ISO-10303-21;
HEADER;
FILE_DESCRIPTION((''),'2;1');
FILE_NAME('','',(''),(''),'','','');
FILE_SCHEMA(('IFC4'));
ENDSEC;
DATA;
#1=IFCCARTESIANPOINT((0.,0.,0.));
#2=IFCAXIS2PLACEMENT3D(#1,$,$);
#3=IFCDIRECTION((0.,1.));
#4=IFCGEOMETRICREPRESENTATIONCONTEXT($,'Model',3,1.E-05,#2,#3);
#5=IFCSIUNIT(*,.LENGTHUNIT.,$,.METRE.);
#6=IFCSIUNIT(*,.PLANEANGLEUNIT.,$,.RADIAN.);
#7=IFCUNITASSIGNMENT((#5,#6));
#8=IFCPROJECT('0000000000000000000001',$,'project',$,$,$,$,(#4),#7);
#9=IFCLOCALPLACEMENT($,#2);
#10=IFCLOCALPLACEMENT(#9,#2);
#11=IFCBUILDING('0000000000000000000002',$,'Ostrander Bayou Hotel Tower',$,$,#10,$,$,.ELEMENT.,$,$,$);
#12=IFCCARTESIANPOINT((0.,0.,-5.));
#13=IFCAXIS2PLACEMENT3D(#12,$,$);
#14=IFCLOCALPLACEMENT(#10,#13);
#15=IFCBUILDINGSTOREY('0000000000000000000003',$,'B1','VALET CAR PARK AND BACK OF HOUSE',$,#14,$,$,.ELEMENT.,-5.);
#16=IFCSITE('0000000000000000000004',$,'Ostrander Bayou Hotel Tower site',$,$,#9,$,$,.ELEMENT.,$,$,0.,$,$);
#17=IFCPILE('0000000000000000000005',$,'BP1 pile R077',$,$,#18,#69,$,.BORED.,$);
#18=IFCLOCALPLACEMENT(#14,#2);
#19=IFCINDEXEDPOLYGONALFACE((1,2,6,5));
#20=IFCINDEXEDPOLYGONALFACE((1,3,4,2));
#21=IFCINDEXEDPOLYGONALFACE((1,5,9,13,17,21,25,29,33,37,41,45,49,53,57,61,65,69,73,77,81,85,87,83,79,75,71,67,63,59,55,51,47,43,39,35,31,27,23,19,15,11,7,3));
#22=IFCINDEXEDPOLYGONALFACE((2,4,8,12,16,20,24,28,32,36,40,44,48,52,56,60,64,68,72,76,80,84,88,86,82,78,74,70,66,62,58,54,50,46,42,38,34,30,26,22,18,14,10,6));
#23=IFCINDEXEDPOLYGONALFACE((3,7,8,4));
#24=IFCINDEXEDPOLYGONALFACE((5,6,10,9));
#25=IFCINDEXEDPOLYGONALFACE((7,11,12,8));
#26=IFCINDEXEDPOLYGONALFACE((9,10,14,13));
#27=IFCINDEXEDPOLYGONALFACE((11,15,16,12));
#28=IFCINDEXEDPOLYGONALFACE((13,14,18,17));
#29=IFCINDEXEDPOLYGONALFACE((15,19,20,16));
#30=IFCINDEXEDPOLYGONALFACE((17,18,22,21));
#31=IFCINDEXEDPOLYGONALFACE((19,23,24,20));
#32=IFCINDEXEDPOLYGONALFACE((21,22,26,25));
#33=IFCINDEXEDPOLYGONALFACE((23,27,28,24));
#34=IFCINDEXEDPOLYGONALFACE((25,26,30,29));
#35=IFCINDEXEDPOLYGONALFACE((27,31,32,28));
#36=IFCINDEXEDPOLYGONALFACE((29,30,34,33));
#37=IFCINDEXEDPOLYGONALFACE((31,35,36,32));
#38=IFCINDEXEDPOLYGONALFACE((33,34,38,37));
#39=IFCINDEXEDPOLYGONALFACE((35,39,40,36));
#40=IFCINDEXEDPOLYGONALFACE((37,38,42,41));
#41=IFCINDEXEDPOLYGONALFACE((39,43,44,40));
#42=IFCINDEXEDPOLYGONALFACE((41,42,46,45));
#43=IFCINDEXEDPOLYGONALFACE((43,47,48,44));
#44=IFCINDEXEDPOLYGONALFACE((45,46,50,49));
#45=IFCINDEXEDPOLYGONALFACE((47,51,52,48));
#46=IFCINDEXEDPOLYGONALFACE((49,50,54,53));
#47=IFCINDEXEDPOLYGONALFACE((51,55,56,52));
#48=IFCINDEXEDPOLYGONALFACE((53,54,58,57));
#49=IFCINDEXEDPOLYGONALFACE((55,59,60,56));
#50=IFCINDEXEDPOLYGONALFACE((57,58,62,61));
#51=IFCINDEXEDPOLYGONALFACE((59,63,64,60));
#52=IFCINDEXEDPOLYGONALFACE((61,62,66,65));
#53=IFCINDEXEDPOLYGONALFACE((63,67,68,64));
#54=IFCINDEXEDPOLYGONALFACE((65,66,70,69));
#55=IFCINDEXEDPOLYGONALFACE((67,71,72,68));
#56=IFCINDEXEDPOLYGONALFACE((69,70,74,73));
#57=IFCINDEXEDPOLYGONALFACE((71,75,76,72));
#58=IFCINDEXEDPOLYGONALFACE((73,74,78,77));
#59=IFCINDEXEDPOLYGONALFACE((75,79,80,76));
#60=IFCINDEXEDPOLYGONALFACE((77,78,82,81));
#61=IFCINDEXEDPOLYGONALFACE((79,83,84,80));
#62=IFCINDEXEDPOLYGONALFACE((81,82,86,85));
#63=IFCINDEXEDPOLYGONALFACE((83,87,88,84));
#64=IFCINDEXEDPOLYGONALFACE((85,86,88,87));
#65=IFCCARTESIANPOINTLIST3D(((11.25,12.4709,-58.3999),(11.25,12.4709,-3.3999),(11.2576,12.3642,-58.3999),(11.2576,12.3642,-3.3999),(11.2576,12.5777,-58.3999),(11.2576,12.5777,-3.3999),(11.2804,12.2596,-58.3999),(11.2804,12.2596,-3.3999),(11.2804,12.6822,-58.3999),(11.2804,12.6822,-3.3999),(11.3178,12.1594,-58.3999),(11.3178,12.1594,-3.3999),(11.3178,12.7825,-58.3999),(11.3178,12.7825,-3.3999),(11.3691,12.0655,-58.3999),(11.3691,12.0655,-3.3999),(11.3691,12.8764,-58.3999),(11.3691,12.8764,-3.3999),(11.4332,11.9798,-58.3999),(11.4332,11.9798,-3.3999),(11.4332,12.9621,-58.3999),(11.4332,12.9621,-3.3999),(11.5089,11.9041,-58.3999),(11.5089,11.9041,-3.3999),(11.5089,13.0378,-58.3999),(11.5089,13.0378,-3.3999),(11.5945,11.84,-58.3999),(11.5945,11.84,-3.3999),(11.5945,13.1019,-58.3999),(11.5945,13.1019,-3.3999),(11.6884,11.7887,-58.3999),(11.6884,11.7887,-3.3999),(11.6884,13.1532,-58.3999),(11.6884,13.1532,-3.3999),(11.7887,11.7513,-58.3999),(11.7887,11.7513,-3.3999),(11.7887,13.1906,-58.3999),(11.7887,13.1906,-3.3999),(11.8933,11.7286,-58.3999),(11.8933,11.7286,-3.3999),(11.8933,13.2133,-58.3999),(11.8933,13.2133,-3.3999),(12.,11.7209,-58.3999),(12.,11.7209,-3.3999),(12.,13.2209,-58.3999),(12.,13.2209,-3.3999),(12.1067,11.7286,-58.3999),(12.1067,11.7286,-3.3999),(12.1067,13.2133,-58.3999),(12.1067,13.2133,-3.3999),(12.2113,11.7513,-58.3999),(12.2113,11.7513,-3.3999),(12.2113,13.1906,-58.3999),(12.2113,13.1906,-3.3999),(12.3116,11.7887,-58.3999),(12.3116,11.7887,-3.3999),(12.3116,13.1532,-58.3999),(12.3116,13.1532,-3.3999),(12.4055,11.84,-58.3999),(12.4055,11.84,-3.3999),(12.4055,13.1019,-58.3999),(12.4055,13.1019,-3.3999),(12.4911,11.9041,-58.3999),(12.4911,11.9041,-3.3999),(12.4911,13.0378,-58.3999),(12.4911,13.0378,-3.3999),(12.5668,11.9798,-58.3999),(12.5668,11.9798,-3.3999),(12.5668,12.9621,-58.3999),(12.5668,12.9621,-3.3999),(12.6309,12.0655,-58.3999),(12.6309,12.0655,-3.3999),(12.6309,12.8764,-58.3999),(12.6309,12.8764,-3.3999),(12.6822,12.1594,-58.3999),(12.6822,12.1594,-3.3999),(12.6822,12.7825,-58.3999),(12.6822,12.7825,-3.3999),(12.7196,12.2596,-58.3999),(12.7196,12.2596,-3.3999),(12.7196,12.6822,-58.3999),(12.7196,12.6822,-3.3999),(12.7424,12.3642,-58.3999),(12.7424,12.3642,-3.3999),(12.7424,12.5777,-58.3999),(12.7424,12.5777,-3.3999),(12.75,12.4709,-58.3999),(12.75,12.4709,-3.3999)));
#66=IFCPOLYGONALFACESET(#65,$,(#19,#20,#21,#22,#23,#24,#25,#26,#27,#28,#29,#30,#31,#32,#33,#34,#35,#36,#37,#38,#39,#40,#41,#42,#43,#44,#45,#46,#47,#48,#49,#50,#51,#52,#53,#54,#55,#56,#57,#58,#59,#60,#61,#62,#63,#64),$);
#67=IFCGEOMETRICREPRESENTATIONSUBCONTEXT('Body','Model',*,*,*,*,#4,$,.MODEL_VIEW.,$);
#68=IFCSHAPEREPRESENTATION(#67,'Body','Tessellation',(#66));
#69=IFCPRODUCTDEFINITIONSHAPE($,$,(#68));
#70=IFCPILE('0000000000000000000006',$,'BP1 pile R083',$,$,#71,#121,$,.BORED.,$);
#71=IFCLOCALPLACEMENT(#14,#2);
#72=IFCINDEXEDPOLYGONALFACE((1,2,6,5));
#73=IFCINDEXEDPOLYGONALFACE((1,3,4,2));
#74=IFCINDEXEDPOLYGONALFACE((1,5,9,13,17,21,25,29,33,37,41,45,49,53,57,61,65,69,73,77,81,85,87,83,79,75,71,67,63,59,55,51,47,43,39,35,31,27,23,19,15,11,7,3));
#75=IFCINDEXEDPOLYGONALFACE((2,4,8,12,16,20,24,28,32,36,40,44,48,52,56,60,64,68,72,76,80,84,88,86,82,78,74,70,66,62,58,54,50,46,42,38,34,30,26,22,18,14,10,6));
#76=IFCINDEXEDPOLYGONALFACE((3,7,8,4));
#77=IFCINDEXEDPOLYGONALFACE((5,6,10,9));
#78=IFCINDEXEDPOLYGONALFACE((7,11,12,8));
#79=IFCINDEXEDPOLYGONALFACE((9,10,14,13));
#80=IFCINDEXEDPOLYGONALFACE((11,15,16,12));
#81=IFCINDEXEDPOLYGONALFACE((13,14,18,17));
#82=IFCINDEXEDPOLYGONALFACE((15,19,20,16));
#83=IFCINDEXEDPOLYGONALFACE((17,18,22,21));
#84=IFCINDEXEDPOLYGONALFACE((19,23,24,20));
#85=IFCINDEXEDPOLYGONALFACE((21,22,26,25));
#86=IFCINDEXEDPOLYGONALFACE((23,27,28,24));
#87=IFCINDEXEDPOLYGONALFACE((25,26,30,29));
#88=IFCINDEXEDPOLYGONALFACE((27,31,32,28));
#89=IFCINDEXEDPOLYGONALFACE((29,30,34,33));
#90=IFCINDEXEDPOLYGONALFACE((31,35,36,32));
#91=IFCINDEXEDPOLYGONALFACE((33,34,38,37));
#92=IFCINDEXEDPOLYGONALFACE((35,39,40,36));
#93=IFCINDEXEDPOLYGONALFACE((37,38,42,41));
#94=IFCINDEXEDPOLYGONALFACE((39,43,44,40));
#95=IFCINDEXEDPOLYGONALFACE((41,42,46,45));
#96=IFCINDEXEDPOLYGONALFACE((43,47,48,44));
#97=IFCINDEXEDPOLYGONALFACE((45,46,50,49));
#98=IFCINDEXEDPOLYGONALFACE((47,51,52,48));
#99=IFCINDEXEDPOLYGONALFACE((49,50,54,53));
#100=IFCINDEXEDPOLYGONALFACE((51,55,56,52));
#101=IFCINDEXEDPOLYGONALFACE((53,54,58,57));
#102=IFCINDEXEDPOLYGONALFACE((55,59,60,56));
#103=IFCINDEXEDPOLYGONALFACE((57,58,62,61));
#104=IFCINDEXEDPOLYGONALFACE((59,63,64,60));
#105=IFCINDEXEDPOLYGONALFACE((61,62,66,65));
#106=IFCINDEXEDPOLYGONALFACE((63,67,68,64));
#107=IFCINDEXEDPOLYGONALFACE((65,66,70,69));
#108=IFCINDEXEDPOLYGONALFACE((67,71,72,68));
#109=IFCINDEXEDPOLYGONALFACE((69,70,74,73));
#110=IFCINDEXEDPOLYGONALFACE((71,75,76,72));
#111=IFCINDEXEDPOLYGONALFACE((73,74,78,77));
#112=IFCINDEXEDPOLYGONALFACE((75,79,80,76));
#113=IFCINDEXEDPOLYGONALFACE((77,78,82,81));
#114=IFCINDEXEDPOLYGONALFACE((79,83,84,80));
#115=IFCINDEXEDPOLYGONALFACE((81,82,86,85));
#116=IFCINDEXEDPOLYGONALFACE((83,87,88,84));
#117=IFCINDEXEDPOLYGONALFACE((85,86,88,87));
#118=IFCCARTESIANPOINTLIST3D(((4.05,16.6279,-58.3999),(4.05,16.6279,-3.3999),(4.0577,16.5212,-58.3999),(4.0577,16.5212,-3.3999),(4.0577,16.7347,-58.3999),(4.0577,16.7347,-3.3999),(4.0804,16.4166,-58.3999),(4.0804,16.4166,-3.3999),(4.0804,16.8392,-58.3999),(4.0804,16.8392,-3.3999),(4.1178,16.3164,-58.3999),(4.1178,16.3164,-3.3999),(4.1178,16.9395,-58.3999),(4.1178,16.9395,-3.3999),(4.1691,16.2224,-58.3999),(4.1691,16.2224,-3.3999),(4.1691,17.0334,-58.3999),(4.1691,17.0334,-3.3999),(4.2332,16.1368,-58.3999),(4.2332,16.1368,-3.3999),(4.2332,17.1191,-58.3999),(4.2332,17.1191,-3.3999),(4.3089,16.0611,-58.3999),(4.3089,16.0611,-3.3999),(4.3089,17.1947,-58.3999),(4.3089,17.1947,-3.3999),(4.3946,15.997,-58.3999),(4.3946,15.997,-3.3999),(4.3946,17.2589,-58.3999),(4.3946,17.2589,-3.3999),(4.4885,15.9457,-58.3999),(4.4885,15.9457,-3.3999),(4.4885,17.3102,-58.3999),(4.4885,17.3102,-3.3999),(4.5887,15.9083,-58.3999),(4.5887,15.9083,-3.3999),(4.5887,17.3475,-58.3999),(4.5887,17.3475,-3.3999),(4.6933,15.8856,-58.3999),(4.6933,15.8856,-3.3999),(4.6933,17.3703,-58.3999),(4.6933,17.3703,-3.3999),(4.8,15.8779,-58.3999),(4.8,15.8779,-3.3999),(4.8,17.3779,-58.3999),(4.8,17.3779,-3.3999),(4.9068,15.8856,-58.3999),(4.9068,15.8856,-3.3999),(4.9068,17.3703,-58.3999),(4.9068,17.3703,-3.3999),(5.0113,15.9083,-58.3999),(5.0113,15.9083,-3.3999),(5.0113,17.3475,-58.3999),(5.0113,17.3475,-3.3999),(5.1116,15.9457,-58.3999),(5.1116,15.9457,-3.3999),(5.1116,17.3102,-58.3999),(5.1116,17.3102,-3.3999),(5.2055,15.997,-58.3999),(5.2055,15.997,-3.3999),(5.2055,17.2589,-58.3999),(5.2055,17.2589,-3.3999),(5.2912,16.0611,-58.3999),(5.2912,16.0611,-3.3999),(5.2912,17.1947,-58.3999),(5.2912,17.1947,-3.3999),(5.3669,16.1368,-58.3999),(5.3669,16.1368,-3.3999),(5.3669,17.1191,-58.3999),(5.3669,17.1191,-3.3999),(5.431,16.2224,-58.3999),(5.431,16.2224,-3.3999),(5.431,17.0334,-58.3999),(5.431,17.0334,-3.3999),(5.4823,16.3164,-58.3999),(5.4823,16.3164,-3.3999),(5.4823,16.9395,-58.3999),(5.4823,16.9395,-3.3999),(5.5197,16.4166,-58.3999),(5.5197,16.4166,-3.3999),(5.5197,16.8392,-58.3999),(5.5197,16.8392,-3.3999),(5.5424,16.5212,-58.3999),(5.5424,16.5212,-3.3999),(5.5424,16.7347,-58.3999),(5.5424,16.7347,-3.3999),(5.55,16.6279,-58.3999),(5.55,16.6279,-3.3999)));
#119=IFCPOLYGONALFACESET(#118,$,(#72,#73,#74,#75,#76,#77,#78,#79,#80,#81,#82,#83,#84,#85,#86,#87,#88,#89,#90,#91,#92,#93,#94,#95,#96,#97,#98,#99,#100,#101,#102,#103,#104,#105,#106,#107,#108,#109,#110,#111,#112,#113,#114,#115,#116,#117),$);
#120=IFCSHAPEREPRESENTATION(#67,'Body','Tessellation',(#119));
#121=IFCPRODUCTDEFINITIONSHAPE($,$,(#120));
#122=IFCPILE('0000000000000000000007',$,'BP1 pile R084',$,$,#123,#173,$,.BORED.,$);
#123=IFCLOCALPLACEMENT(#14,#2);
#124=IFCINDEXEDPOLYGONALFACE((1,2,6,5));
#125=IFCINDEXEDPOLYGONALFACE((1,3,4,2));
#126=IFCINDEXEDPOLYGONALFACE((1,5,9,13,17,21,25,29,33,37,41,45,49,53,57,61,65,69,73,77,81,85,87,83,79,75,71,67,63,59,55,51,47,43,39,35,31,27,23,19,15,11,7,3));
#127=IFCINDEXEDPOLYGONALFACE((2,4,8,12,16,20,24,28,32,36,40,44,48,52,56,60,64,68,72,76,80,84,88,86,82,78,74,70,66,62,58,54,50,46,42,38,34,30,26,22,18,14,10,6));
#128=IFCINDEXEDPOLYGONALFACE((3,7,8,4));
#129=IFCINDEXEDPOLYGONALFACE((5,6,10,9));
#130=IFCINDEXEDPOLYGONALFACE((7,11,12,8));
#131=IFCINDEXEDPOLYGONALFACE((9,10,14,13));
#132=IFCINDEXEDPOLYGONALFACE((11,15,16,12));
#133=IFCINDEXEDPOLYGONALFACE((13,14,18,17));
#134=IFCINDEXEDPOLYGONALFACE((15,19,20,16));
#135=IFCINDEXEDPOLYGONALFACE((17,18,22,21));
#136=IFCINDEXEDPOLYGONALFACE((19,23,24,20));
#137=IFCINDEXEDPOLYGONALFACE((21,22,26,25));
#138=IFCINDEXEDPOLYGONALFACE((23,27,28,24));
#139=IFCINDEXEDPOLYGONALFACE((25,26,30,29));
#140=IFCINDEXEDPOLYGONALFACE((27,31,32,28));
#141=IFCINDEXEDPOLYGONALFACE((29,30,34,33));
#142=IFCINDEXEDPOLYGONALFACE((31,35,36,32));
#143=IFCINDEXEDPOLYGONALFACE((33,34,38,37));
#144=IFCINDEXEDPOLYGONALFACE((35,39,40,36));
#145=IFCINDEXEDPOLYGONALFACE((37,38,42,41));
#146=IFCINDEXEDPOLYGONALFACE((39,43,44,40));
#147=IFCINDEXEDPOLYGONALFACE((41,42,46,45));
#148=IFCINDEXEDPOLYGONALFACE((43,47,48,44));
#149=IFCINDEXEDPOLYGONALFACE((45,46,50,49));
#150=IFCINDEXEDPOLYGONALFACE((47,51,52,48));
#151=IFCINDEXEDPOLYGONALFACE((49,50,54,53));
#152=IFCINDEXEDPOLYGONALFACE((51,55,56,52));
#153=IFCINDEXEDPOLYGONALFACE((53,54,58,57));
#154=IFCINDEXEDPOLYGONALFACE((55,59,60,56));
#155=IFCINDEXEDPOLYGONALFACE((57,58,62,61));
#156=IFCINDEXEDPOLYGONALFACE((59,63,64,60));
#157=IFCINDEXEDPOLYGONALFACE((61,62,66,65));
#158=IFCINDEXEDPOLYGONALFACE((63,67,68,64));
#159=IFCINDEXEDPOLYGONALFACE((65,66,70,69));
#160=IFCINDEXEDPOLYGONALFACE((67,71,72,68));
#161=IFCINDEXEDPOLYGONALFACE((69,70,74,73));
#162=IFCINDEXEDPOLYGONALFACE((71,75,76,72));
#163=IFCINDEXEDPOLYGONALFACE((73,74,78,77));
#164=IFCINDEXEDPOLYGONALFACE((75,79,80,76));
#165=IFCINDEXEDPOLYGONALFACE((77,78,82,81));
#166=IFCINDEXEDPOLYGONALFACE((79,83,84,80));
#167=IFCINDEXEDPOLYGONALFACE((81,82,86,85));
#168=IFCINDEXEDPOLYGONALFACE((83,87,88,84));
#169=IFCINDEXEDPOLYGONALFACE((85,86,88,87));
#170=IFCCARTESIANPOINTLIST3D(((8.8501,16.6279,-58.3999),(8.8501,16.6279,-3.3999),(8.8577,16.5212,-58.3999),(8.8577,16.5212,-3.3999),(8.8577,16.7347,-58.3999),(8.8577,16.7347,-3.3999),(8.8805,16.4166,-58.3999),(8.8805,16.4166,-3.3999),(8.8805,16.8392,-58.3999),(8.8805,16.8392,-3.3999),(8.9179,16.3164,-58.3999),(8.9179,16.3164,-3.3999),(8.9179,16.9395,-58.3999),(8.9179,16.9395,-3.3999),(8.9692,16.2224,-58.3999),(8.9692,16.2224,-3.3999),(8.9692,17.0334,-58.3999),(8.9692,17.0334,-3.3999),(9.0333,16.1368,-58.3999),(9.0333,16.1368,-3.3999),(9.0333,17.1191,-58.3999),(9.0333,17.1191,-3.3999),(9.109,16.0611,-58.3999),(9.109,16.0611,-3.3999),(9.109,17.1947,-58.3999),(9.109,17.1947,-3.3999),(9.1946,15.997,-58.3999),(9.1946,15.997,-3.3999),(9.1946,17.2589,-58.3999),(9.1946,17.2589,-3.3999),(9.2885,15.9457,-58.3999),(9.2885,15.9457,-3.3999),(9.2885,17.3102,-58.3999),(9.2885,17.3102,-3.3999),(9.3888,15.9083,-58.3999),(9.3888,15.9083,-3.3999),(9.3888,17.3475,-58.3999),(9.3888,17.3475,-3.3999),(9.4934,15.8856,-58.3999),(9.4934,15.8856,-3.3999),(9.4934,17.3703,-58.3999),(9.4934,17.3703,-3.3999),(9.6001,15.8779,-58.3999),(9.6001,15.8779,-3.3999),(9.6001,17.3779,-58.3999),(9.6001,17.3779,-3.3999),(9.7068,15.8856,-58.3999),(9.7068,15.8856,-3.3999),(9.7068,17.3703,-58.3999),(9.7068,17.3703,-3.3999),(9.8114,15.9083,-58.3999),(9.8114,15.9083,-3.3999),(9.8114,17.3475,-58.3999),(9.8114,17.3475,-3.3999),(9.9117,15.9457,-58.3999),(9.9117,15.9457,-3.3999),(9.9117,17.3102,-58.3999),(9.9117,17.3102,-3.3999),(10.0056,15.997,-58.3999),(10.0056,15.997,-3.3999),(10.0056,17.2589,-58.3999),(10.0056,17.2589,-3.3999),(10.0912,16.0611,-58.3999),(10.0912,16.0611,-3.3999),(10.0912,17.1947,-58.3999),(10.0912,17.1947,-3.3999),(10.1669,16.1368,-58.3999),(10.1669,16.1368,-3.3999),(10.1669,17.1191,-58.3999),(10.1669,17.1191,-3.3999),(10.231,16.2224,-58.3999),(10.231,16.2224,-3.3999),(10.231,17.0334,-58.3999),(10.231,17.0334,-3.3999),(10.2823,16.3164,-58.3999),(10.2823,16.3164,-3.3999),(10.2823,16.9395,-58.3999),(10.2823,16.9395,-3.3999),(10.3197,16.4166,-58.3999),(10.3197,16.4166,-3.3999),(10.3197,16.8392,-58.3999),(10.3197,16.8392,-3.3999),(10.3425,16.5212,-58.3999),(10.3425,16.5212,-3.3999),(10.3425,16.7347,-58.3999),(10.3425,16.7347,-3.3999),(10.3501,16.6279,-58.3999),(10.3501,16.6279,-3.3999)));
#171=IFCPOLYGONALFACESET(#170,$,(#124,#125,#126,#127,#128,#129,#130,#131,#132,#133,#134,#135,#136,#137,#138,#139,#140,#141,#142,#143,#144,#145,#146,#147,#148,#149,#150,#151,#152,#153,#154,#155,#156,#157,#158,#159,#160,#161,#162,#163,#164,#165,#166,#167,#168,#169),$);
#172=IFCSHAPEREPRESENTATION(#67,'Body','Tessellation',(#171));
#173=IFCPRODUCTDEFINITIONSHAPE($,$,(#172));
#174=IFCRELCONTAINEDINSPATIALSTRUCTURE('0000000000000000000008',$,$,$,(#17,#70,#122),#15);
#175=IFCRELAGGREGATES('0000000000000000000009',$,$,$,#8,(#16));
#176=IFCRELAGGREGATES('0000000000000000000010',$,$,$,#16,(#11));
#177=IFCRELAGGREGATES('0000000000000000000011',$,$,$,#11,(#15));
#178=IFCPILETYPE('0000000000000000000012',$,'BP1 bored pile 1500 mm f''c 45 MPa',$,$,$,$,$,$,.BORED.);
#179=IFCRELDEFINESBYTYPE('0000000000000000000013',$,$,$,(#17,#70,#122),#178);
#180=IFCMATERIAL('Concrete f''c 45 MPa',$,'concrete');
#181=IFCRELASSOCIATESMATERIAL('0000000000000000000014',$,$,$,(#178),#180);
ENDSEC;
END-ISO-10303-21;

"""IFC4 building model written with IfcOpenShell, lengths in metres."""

from ifc_helpers import new_model, si_unit, direction, frame, origin, origin_2d, place, context, subcontext, project, spatial, circle, extrude, material, material_profile, profile_set, type_object, element, save


model = new_model("IFC4")

# Units and contexts
model_context = context("Model", 3, precision=1e-05, world=origin(), true_north=direction((0.0, 1.0)))
body_context = subcontext(model_context, "Body", "Model", "MODEL_VIEW")
ifc_project = project(units=[si_unit("LENGTHUNIT", "METRE"), si_unit("PLANEANGLEUNIT", "RADIAN")], contexts=[model_context])

# Site, building, storey
site_placement = place(None, origin())
site = spatial("IfcSite", under=ifc_project, at=site_placement, Name="Ostrander Bayou Hotel Tower site", CompositionType="ELEMENT", RefElevation=0.0)
building_placement = place(site_placement, origin())
building = spatial("IfcBuilding", under=site, at=building_placement, Name="Ostrander Bayou Hotel Tower", CompositionType="ELEMENT")
storey_placement = place(building_placement, frame((0.0, 0.0, -5.0)))
storey = spatial("IfcBuildingStorey", under=building, at=storey_placement, Name="B1", Description="VALET CAR PARK AND BACK OF HOUSE", CompositionType="ELEMENT", Elevation=-5.0)

# Piles
ifc_material_1 = material(Name="Concrete f'c 45 MPa", Category="concrete")
ifc_material_profile_1 = material_profile(ifc_material_1, circle(Radius=0.75, at=origin_2d()))
ifc_profile_set_1 = profile_set([ifc_material_profile_1], Name="Concrete f'c 45 MPa")
pile_type_1 = type_object("IfcPileType", Name="BP1 bored pile 1500 mm f'c 45 MPa", PredefinedType="BORED", material=ifc_profile_set_1)
for number, where, z_axis, x_axis, name in (
    (1, (12.0, 12.4709, -3.3999), (0.0, 0.0, -1.0), (1.0, 0.0, 0.0), "BP1 pile R077"),
    (2, (4.8, 16.6279, -3.3999), (0.0, 0.0, -1.0), (1.0, 0.0, 0.0), "BP1 pile R083"),
    (3, (9.6001, 16.6279, -3.3999), (0.0, 0.0, -1.0), (1.0, 0.0, 0.0), "BP1 pile R084"),
):
    element("IfcPile", number, at=place(storey_placement, frame(where, z_axis=z_axis, x_axis=x_axis)), inside=storey, type_object=pile_type_1, Name=name, PredefinedType="BORED", context=body_context, shape_type="SweptSolid", body=[
        extrude(circle(Radius=0.75, at=origin_2d()), origin(), (0.0, 0.0, 1.0), 55.0),
    ])

save(model, "model.ifc")
